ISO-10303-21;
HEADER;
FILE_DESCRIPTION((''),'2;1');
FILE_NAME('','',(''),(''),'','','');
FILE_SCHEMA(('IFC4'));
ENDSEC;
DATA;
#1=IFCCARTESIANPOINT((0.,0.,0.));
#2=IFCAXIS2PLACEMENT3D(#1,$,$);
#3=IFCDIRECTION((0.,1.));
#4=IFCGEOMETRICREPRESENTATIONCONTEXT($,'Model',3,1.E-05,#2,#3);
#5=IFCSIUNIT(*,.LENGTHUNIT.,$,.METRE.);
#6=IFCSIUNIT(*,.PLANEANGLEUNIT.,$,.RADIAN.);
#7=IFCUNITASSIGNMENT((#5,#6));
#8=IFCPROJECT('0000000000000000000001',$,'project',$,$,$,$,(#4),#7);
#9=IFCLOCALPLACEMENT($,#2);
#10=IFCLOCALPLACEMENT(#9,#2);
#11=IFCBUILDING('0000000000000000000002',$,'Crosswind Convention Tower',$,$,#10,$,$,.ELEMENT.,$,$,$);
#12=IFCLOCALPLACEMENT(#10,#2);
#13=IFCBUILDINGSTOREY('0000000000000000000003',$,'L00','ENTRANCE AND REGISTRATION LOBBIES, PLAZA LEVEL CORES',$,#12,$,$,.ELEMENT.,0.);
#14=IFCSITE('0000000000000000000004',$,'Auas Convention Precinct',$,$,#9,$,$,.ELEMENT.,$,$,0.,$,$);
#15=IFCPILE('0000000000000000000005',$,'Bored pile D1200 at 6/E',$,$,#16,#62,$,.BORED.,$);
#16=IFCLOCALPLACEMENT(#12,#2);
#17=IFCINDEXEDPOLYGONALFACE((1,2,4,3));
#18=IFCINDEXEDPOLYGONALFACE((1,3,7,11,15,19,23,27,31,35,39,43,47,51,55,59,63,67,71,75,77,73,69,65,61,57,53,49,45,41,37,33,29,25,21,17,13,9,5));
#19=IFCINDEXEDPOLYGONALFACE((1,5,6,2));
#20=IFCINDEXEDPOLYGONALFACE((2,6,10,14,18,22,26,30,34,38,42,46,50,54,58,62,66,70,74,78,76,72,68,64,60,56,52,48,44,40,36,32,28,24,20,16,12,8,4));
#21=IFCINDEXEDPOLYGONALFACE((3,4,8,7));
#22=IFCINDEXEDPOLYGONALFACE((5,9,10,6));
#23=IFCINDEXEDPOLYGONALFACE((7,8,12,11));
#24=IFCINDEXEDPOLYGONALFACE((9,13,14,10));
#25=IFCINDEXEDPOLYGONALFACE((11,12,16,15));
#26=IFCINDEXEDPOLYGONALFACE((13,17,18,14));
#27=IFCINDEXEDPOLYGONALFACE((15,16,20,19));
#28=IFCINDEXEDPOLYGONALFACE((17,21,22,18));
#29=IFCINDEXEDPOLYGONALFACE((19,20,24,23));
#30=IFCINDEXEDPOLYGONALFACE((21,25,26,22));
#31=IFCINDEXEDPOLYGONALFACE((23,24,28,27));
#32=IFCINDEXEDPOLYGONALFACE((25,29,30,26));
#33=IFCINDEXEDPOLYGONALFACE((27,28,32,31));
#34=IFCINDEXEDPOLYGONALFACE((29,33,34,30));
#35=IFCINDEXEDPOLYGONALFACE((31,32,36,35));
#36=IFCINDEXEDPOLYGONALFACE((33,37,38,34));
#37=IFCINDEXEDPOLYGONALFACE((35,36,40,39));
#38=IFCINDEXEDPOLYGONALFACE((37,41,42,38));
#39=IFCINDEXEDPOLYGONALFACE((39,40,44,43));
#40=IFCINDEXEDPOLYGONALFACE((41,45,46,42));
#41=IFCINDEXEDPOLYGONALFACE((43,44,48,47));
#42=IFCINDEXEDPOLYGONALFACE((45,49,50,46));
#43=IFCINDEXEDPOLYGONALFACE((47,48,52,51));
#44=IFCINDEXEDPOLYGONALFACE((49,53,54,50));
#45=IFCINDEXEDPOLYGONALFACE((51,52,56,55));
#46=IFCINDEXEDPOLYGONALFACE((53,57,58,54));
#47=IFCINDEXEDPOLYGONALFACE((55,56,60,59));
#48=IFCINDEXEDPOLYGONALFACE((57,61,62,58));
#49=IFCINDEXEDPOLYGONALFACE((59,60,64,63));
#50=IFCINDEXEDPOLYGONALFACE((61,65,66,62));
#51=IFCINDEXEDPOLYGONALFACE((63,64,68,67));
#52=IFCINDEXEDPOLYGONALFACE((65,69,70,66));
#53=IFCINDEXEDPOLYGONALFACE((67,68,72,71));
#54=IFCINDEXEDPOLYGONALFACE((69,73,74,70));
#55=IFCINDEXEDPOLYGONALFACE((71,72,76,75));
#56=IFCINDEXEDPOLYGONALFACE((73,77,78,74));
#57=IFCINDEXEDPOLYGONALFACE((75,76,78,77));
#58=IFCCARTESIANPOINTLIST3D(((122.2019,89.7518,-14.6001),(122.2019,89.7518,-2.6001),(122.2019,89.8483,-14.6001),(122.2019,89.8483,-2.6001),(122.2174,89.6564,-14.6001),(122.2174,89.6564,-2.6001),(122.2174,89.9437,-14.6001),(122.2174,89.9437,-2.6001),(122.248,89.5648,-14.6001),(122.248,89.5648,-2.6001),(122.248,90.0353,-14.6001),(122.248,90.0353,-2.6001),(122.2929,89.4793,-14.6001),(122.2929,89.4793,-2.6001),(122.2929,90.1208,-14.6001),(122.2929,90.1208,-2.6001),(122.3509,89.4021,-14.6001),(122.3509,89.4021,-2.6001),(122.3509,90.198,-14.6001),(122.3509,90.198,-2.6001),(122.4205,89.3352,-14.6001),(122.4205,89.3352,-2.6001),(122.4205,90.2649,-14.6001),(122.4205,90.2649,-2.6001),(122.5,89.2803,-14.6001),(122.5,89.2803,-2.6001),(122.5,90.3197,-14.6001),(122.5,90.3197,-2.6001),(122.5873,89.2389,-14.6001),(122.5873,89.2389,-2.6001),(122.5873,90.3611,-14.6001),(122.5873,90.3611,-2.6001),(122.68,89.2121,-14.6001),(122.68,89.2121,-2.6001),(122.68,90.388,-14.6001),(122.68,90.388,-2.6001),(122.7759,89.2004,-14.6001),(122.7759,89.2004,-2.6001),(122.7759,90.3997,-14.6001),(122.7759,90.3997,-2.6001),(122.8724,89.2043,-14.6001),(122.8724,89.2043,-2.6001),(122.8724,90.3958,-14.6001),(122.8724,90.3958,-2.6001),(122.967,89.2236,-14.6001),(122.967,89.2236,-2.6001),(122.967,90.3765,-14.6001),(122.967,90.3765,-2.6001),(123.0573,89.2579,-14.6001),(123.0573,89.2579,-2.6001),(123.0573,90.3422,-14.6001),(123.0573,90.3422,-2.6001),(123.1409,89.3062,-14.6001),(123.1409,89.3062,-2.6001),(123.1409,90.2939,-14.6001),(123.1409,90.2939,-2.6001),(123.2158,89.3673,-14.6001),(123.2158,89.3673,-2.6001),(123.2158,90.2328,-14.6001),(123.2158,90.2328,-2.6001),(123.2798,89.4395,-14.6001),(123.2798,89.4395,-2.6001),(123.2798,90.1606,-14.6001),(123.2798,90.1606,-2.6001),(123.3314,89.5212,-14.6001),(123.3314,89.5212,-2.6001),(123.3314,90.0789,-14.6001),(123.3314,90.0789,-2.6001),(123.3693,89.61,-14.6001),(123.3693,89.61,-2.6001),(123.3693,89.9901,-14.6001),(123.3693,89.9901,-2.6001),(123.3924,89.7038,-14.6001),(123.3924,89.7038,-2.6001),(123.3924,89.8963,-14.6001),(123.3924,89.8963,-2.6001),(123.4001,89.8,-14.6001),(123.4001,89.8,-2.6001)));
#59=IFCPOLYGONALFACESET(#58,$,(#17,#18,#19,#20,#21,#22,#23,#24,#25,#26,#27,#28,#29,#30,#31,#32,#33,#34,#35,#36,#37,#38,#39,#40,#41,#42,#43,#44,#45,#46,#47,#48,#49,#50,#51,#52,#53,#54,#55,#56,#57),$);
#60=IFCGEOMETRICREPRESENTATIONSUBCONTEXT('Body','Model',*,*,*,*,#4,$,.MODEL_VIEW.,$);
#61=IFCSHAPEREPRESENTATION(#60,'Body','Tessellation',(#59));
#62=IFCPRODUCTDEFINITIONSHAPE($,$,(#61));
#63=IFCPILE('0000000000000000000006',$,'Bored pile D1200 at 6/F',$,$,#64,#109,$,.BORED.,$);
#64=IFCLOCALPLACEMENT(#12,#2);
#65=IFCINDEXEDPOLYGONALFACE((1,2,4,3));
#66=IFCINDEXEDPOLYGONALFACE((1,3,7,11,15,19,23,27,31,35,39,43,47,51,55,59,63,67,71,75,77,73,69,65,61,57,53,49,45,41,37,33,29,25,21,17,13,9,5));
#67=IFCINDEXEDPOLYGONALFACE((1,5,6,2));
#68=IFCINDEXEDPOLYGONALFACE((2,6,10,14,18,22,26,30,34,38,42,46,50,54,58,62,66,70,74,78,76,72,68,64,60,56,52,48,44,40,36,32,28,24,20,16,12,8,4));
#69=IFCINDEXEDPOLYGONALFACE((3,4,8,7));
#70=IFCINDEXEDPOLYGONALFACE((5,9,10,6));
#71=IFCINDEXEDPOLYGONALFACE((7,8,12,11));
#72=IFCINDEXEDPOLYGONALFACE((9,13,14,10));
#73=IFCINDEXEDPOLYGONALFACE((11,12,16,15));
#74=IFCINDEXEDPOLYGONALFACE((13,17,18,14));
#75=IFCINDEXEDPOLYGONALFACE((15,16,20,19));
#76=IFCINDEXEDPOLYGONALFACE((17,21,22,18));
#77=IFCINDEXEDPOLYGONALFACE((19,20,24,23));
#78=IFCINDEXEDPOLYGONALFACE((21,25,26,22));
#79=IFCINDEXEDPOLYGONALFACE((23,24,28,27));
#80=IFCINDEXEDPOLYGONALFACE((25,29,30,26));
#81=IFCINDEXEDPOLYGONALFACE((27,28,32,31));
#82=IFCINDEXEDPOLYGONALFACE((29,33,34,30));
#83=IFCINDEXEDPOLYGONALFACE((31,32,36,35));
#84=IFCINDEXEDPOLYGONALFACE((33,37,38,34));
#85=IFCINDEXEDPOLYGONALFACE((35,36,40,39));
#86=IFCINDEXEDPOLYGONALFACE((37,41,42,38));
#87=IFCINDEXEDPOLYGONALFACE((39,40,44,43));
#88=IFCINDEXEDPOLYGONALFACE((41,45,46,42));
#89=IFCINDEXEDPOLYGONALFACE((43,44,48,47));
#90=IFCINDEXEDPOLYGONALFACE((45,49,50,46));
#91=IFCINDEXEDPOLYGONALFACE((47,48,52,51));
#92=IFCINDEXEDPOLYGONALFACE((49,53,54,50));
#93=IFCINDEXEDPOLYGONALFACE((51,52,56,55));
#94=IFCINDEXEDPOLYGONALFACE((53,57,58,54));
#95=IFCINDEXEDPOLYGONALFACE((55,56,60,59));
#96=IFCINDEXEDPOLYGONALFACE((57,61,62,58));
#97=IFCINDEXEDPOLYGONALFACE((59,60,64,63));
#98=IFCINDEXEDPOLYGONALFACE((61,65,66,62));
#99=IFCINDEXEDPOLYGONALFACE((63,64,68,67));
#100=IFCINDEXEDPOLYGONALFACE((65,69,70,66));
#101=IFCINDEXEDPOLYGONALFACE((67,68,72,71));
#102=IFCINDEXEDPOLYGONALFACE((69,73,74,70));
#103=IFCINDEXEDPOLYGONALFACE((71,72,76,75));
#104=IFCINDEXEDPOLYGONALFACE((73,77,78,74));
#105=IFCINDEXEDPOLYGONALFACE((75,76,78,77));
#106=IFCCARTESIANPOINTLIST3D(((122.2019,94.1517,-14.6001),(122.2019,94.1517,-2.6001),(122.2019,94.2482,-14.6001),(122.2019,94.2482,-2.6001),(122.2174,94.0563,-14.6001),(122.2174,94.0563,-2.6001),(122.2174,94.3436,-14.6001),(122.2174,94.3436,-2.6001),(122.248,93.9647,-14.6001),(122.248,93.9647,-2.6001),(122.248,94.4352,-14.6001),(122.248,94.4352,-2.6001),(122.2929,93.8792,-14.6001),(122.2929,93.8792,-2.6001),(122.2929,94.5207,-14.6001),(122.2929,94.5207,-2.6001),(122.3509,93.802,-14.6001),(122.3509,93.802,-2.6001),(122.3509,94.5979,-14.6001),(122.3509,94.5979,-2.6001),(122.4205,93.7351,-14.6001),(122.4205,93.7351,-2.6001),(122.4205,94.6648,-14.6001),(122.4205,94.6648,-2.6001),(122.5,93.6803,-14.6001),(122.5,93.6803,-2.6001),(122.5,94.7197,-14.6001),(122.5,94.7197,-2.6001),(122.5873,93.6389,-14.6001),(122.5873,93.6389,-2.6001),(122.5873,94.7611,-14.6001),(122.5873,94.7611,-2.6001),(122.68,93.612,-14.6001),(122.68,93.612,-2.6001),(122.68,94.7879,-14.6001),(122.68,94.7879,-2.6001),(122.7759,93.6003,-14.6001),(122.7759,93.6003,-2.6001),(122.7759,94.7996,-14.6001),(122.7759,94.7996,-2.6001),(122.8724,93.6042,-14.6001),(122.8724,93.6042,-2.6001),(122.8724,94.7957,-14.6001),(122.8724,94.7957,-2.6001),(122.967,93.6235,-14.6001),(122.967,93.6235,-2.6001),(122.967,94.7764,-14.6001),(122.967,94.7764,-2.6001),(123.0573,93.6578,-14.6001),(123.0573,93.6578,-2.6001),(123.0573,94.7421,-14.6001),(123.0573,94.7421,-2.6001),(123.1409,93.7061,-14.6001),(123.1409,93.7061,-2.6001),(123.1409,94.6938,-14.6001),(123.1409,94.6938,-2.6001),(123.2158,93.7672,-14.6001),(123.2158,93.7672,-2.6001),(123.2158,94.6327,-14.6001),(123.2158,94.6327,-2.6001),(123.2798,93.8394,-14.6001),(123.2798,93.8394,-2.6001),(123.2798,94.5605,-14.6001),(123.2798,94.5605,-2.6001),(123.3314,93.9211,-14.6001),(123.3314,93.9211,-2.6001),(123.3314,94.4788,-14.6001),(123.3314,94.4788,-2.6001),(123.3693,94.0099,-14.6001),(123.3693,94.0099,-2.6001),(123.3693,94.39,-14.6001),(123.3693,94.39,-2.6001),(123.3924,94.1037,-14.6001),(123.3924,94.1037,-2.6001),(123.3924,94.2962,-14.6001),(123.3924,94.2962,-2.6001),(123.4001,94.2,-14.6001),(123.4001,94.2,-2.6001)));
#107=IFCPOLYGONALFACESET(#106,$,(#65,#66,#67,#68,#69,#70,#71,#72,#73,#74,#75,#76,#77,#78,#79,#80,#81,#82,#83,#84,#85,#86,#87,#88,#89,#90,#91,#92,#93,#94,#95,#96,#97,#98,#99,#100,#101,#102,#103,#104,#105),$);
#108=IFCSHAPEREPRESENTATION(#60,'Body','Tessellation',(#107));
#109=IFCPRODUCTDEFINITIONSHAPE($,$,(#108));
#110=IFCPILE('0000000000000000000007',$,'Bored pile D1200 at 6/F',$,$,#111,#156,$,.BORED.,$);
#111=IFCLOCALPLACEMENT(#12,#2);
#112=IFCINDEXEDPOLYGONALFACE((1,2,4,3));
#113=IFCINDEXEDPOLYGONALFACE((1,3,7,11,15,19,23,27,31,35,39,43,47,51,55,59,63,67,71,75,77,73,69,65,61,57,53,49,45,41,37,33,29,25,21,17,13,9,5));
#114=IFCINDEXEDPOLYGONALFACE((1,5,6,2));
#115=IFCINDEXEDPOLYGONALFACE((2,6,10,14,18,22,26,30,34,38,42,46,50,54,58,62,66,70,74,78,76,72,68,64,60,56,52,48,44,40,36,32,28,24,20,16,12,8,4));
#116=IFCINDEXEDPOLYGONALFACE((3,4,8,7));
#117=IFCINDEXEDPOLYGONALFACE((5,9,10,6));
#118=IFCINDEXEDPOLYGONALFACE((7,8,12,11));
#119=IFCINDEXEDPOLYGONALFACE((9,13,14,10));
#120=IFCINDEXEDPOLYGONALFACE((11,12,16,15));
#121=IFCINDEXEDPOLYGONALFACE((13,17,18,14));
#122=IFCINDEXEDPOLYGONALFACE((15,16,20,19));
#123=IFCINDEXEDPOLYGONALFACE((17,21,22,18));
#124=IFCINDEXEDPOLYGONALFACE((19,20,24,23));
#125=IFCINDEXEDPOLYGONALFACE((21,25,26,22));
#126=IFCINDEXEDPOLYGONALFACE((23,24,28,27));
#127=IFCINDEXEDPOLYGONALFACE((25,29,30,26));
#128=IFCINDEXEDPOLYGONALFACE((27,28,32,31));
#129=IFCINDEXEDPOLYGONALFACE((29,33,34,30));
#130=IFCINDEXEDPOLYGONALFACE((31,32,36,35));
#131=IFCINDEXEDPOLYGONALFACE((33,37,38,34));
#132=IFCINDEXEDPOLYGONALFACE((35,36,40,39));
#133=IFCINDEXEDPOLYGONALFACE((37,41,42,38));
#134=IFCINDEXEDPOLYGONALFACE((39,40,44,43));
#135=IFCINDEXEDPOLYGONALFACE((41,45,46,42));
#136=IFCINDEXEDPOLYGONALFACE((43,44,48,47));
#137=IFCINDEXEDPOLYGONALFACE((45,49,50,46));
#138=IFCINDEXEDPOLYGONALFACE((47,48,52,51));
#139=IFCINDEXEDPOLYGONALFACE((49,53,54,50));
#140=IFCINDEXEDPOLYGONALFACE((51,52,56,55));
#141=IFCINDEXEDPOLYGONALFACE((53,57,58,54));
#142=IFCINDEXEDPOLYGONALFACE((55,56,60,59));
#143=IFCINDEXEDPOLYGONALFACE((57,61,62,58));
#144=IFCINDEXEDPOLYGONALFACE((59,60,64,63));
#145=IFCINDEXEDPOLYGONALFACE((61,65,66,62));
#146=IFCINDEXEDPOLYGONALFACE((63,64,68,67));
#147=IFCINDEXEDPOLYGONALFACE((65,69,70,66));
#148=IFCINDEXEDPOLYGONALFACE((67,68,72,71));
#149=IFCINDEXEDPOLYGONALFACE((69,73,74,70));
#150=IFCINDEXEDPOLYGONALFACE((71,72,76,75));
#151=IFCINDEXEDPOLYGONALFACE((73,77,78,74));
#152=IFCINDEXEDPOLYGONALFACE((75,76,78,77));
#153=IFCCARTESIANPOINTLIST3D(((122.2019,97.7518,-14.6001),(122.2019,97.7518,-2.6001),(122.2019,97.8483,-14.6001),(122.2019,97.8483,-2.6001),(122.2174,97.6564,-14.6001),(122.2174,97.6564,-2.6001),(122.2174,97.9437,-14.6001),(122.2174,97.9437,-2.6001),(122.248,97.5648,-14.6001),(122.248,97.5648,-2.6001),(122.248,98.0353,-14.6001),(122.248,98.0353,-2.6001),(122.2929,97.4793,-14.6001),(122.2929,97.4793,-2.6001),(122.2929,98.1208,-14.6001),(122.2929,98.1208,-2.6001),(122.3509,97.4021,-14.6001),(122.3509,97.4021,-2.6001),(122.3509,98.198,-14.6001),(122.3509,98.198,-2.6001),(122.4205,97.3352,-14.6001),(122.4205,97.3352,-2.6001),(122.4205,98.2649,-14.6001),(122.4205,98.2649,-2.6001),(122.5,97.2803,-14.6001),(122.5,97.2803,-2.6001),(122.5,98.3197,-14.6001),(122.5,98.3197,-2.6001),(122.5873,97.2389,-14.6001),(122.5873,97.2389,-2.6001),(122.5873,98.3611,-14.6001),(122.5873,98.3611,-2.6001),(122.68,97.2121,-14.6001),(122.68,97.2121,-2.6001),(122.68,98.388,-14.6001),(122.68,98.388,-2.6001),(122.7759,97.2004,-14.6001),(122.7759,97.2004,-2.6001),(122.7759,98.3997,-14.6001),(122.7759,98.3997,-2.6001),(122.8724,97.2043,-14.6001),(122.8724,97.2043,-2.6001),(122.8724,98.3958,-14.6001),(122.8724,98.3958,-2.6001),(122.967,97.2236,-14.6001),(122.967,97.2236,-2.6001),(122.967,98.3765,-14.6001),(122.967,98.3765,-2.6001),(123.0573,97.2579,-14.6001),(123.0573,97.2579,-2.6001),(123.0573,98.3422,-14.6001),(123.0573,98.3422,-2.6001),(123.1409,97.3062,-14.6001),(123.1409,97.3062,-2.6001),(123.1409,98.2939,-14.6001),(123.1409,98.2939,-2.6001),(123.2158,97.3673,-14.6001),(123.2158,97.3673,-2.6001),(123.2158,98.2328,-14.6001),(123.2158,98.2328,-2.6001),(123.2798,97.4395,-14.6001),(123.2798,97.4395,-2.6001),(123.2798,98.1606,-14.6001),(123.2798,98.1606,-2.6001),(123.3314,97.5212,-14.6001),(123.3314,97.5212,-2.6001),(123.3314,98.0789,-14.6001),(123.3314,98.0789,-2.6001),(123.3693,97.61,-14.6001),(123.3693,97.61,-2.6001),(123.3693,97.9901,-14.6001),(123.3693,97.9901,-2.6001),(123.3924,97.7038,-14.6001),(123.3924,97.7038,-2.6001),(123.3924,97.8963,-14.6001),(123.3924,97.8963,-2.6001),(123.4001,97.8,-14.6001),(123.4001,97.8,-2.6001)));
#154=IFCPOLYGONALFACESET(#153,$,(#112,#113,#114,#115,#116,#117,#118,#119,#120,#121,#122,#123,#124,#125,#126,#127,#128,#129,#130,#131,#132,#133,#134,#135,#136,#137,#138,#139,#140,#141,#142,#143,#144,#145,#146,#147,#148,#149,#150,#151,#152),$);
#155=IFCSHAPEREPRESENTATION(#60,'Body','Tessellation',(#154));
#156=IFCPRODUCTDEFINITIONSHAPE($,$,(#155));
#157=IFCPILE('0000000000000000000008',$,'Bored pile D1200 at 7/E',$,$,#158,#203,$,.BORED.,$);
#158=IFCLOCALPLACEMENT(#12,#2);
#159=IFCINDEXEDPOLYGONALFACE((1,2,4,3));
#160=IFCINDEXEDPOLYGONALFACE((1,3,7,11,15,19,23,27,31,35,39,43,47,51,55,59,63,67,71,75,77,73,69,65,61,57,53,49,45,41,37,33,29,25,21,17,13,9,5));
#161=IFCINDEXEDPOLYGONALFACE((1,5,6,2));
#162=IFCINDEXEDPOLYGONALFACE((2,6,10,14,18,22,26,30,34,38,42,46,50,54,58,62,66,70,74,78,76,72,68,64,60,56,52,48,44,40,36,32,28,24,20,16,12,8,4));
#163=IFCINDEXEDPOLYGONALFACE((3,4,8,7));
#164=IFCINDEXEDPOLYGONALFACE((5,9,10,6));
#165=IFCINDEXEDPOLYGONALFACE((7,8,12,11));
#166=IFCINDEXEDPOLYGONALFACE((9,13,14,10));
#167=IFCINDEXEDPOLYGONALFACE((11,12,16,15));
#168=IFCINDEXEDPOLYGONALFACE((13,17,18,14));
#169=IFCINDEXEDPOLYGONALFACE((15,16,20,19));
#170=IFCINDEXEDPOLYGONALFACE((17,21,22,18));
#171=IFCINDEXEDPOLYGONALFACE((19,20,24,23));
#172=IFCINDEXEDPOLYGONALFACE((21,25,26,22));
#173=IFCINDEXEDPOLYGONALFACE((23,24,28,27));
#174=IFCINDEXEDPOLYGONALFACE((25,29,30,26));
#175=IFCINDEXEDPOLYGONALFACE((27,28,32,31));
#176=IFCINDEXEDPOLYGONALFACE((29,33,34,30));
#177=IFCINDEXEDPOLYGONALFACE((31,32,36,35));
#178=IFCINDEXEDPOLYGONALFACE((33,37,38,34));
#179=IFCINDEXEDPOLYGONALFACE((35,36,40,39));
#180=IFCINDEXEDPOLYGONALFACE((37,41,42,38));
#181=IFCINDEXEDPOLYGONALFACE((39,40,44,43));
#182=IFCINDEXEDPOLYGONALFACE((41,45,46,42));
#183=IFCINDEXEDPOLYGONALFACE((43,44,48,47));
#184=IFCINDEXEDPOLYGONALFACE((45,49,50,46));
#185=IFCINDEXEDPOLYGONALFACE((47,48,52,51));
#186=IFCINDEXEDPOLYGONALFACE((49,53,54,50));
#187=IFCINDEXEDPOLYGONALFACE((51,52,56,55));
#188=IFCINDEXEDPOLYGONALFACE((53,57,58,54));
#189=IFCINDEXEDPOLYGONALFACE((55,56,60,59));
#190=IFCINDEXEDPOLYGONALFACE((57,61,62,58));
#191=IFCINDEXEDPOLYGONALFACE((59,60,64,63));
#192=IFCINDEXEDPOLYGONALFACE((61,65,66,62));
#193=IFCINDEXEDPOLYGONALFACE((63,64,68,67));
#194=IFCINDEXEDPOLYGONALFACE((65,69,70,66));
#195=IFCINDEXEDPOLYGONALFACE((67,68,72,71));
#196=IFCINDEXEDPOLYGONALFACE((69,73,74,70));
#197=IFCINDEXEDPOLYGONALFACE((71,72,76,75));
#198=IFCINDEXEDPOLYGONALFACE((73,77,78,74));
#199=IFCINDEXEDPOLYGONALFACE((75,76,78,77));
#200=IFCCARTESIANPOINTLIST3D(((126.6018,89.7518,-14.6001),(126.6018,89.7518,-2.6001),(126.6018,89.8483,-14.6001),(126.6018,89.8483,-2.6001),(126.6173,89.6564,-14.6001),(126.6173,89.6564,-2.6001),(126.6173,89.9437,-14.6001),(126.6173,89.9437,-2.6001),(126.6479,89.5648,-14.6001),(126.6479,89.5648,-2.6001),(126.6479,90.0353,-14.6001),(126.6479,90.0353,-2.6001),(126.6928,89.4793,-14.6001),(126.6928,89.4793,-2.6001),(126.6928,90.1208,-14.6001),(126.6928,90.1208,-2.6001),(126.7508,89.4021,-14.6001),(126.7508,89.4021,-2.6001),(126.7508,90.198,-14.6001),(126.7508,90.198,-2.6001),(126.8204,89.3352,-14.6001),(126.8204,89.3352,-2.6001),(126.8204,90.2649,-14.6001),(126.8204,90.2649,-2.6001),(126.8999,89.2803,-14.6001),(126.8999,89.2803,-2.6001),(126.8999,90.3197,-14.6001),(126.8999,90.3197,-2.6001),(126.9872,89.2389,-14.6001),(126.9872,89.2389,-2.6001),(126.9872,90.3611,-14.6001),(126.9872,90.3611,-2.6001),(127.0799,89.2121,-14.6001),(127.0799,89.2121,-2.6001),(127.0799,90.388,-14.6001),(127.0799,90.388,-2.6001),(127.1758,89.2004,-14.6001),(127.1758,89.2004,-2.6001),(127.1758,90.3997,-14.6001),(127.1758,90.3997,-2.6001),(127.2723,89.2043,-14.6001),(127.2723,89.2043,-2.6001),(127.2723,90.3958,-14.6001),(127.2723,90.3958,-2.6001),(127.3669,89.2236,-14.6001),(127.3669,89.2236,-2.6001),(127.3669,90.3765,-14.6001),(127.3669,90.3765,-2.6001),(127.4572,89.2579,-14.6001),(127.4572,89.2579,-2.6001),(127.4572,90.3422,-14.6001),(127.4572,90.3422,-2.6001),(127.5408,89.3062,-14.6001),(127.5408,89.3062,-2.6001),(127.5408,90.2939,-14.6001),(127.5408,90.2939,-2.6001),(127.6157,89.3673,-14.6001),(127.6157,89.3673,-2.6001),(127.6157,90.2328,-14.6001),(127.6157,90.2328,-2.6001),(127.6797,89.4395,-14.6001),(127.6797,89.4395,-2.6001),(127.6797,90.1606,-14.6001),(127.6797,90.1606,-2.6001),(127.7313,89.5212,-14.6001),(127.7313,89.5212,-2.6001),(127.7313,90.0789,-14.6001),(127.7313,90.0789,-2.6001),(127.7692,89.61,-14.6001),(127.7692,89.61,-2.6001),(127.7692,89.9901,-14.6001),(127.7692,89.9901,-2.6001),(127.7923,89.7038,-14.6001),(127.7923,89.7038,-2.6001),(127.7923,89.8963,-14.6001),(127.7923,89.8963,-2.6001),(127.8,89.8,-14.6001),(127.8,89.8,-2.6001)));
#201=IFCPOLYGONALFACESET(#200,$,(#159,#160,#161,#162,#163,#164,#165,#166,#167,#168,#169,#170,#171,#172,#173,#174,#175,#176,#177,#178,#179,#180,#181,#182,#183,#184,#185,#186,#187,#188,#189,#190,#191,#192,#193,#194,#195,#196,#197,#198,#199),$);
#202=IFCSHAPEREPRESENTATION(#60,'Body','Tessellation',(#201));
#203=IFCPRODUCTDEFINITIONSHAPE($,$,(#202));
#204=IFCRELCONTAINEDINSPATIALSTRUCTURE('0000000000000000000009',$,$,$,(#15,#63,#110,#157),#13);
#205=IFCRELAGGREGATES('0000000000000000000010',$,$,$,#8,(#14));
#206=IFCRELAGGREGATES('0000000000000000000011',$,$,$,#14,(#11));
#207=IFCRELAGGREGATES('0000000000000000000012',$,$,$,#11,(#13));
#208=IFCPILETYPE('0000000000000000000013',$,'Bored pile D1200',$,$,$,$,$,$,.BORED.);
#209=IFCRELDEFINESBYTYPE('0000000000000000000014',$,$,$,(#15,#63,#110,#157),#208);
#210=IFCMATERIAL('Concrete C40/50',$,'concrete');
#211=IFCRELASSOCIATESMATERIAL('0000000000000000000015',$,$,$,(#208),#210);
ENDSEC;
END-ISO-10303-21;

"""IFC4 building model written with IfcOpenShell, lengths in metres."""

from ifc_helpers import new_model, si_unit, direction, frame, origin, origin_2d, place, context, subcontext, project, spatial, circle, extrude, material, material_profile, profile_set, type_object, element, save


model = new_model("IFC4")

# Units and contexts
model_context = context("Model", 3, precision=1e-05, world=origin(), true_north=direction((0.0, 1.0)))
body_context = subcontext(model_context, "Body", "Model", "MODEL_VIEW")
ifc_project = project(units=[si_unit("LENGTHUNIT", "METRE"), si_unit("PLANEANGLEUNIT", "RADIAN")], contexts=[model_context])

# Site, building, storey
site_placement = place(None, origin())
site = spatial("IfcSite", under=ifc_project, at=site_placement, Name="Auas Convention Precinct", CompositionType="ELEMENT", RefElevation=0.0)
building_placement = place(site_placement, origin())
building = spatial("IfcBuilding", under=site, at=building_placement, Name="Crosswind Convention Tower", CompositionType="ELEMENT")
storey_placement = place(building_placement, origin())
storey = spatial("IfcBuildingStorey", under=building, at=storey_placement, Name="L00", Description="ENTRANCE AND REGISTRATION LOBBIES, PLAZA LEVEL CORES", CompositionType="ELEMENT", Elevation=0.0)

# Piles
ifc_material_1 = material(Name="Concrete C40/50", Category="concrete")
ifc_material_profile_1 = material_profile(ifc_material_1, circle(Radius=0.6001, at=origin_2d()), Name="Bored pile D1200")
ifc_profile_set_1 = profile_set([ifc_material_profile_1], Name="Concrete C40/50")
pile_type = type_object("IfcPileType", Name="Bored pile D1200", PredefinedType="BORED", material=ifc_profile_set_1)
for number, where, z_axis, x_axis, name in (
    (1, (122.8, 89.8, -2.6001), (0.0, 0.0, -1.0), (1.0, 0.0, 0.0), "Bored pile D1200 at 6/E"),
    (2, (122.8, 94.2, -2.6001), (0.0, 0.0, -1.0), (1.0, 0.0, 0.0), "Bored pile D1200 at 6/F"),
    (3, (122.8, 97.8, -2.6001), (0.0, 0.0, -1.0), (1.0, 0.0, 0.0), "Bored pile D1200 at 6/F"),
    (4, (127.2, 89.8, -2.6001), (0.0, 0.0, -1.0), (1.0, 0.0, 0.0), "Bored pile D1200 at 7/E"),
):
    element("IfcPile", number, at=place(storey_placement, frame(where, z_axis=z_axis, x_axis=x_axis)), inside=storey, type_object=pile_type, Name=name, PredefinedType="BORED", context=body_context, shape_type="SweptSolid", body=[
        extrude(circle(Radius=0.6001, at=origin_2d()), origin(), (0.0, 0.0, 1.0), 12.0),
    ])

save(model, "model.ifc")
